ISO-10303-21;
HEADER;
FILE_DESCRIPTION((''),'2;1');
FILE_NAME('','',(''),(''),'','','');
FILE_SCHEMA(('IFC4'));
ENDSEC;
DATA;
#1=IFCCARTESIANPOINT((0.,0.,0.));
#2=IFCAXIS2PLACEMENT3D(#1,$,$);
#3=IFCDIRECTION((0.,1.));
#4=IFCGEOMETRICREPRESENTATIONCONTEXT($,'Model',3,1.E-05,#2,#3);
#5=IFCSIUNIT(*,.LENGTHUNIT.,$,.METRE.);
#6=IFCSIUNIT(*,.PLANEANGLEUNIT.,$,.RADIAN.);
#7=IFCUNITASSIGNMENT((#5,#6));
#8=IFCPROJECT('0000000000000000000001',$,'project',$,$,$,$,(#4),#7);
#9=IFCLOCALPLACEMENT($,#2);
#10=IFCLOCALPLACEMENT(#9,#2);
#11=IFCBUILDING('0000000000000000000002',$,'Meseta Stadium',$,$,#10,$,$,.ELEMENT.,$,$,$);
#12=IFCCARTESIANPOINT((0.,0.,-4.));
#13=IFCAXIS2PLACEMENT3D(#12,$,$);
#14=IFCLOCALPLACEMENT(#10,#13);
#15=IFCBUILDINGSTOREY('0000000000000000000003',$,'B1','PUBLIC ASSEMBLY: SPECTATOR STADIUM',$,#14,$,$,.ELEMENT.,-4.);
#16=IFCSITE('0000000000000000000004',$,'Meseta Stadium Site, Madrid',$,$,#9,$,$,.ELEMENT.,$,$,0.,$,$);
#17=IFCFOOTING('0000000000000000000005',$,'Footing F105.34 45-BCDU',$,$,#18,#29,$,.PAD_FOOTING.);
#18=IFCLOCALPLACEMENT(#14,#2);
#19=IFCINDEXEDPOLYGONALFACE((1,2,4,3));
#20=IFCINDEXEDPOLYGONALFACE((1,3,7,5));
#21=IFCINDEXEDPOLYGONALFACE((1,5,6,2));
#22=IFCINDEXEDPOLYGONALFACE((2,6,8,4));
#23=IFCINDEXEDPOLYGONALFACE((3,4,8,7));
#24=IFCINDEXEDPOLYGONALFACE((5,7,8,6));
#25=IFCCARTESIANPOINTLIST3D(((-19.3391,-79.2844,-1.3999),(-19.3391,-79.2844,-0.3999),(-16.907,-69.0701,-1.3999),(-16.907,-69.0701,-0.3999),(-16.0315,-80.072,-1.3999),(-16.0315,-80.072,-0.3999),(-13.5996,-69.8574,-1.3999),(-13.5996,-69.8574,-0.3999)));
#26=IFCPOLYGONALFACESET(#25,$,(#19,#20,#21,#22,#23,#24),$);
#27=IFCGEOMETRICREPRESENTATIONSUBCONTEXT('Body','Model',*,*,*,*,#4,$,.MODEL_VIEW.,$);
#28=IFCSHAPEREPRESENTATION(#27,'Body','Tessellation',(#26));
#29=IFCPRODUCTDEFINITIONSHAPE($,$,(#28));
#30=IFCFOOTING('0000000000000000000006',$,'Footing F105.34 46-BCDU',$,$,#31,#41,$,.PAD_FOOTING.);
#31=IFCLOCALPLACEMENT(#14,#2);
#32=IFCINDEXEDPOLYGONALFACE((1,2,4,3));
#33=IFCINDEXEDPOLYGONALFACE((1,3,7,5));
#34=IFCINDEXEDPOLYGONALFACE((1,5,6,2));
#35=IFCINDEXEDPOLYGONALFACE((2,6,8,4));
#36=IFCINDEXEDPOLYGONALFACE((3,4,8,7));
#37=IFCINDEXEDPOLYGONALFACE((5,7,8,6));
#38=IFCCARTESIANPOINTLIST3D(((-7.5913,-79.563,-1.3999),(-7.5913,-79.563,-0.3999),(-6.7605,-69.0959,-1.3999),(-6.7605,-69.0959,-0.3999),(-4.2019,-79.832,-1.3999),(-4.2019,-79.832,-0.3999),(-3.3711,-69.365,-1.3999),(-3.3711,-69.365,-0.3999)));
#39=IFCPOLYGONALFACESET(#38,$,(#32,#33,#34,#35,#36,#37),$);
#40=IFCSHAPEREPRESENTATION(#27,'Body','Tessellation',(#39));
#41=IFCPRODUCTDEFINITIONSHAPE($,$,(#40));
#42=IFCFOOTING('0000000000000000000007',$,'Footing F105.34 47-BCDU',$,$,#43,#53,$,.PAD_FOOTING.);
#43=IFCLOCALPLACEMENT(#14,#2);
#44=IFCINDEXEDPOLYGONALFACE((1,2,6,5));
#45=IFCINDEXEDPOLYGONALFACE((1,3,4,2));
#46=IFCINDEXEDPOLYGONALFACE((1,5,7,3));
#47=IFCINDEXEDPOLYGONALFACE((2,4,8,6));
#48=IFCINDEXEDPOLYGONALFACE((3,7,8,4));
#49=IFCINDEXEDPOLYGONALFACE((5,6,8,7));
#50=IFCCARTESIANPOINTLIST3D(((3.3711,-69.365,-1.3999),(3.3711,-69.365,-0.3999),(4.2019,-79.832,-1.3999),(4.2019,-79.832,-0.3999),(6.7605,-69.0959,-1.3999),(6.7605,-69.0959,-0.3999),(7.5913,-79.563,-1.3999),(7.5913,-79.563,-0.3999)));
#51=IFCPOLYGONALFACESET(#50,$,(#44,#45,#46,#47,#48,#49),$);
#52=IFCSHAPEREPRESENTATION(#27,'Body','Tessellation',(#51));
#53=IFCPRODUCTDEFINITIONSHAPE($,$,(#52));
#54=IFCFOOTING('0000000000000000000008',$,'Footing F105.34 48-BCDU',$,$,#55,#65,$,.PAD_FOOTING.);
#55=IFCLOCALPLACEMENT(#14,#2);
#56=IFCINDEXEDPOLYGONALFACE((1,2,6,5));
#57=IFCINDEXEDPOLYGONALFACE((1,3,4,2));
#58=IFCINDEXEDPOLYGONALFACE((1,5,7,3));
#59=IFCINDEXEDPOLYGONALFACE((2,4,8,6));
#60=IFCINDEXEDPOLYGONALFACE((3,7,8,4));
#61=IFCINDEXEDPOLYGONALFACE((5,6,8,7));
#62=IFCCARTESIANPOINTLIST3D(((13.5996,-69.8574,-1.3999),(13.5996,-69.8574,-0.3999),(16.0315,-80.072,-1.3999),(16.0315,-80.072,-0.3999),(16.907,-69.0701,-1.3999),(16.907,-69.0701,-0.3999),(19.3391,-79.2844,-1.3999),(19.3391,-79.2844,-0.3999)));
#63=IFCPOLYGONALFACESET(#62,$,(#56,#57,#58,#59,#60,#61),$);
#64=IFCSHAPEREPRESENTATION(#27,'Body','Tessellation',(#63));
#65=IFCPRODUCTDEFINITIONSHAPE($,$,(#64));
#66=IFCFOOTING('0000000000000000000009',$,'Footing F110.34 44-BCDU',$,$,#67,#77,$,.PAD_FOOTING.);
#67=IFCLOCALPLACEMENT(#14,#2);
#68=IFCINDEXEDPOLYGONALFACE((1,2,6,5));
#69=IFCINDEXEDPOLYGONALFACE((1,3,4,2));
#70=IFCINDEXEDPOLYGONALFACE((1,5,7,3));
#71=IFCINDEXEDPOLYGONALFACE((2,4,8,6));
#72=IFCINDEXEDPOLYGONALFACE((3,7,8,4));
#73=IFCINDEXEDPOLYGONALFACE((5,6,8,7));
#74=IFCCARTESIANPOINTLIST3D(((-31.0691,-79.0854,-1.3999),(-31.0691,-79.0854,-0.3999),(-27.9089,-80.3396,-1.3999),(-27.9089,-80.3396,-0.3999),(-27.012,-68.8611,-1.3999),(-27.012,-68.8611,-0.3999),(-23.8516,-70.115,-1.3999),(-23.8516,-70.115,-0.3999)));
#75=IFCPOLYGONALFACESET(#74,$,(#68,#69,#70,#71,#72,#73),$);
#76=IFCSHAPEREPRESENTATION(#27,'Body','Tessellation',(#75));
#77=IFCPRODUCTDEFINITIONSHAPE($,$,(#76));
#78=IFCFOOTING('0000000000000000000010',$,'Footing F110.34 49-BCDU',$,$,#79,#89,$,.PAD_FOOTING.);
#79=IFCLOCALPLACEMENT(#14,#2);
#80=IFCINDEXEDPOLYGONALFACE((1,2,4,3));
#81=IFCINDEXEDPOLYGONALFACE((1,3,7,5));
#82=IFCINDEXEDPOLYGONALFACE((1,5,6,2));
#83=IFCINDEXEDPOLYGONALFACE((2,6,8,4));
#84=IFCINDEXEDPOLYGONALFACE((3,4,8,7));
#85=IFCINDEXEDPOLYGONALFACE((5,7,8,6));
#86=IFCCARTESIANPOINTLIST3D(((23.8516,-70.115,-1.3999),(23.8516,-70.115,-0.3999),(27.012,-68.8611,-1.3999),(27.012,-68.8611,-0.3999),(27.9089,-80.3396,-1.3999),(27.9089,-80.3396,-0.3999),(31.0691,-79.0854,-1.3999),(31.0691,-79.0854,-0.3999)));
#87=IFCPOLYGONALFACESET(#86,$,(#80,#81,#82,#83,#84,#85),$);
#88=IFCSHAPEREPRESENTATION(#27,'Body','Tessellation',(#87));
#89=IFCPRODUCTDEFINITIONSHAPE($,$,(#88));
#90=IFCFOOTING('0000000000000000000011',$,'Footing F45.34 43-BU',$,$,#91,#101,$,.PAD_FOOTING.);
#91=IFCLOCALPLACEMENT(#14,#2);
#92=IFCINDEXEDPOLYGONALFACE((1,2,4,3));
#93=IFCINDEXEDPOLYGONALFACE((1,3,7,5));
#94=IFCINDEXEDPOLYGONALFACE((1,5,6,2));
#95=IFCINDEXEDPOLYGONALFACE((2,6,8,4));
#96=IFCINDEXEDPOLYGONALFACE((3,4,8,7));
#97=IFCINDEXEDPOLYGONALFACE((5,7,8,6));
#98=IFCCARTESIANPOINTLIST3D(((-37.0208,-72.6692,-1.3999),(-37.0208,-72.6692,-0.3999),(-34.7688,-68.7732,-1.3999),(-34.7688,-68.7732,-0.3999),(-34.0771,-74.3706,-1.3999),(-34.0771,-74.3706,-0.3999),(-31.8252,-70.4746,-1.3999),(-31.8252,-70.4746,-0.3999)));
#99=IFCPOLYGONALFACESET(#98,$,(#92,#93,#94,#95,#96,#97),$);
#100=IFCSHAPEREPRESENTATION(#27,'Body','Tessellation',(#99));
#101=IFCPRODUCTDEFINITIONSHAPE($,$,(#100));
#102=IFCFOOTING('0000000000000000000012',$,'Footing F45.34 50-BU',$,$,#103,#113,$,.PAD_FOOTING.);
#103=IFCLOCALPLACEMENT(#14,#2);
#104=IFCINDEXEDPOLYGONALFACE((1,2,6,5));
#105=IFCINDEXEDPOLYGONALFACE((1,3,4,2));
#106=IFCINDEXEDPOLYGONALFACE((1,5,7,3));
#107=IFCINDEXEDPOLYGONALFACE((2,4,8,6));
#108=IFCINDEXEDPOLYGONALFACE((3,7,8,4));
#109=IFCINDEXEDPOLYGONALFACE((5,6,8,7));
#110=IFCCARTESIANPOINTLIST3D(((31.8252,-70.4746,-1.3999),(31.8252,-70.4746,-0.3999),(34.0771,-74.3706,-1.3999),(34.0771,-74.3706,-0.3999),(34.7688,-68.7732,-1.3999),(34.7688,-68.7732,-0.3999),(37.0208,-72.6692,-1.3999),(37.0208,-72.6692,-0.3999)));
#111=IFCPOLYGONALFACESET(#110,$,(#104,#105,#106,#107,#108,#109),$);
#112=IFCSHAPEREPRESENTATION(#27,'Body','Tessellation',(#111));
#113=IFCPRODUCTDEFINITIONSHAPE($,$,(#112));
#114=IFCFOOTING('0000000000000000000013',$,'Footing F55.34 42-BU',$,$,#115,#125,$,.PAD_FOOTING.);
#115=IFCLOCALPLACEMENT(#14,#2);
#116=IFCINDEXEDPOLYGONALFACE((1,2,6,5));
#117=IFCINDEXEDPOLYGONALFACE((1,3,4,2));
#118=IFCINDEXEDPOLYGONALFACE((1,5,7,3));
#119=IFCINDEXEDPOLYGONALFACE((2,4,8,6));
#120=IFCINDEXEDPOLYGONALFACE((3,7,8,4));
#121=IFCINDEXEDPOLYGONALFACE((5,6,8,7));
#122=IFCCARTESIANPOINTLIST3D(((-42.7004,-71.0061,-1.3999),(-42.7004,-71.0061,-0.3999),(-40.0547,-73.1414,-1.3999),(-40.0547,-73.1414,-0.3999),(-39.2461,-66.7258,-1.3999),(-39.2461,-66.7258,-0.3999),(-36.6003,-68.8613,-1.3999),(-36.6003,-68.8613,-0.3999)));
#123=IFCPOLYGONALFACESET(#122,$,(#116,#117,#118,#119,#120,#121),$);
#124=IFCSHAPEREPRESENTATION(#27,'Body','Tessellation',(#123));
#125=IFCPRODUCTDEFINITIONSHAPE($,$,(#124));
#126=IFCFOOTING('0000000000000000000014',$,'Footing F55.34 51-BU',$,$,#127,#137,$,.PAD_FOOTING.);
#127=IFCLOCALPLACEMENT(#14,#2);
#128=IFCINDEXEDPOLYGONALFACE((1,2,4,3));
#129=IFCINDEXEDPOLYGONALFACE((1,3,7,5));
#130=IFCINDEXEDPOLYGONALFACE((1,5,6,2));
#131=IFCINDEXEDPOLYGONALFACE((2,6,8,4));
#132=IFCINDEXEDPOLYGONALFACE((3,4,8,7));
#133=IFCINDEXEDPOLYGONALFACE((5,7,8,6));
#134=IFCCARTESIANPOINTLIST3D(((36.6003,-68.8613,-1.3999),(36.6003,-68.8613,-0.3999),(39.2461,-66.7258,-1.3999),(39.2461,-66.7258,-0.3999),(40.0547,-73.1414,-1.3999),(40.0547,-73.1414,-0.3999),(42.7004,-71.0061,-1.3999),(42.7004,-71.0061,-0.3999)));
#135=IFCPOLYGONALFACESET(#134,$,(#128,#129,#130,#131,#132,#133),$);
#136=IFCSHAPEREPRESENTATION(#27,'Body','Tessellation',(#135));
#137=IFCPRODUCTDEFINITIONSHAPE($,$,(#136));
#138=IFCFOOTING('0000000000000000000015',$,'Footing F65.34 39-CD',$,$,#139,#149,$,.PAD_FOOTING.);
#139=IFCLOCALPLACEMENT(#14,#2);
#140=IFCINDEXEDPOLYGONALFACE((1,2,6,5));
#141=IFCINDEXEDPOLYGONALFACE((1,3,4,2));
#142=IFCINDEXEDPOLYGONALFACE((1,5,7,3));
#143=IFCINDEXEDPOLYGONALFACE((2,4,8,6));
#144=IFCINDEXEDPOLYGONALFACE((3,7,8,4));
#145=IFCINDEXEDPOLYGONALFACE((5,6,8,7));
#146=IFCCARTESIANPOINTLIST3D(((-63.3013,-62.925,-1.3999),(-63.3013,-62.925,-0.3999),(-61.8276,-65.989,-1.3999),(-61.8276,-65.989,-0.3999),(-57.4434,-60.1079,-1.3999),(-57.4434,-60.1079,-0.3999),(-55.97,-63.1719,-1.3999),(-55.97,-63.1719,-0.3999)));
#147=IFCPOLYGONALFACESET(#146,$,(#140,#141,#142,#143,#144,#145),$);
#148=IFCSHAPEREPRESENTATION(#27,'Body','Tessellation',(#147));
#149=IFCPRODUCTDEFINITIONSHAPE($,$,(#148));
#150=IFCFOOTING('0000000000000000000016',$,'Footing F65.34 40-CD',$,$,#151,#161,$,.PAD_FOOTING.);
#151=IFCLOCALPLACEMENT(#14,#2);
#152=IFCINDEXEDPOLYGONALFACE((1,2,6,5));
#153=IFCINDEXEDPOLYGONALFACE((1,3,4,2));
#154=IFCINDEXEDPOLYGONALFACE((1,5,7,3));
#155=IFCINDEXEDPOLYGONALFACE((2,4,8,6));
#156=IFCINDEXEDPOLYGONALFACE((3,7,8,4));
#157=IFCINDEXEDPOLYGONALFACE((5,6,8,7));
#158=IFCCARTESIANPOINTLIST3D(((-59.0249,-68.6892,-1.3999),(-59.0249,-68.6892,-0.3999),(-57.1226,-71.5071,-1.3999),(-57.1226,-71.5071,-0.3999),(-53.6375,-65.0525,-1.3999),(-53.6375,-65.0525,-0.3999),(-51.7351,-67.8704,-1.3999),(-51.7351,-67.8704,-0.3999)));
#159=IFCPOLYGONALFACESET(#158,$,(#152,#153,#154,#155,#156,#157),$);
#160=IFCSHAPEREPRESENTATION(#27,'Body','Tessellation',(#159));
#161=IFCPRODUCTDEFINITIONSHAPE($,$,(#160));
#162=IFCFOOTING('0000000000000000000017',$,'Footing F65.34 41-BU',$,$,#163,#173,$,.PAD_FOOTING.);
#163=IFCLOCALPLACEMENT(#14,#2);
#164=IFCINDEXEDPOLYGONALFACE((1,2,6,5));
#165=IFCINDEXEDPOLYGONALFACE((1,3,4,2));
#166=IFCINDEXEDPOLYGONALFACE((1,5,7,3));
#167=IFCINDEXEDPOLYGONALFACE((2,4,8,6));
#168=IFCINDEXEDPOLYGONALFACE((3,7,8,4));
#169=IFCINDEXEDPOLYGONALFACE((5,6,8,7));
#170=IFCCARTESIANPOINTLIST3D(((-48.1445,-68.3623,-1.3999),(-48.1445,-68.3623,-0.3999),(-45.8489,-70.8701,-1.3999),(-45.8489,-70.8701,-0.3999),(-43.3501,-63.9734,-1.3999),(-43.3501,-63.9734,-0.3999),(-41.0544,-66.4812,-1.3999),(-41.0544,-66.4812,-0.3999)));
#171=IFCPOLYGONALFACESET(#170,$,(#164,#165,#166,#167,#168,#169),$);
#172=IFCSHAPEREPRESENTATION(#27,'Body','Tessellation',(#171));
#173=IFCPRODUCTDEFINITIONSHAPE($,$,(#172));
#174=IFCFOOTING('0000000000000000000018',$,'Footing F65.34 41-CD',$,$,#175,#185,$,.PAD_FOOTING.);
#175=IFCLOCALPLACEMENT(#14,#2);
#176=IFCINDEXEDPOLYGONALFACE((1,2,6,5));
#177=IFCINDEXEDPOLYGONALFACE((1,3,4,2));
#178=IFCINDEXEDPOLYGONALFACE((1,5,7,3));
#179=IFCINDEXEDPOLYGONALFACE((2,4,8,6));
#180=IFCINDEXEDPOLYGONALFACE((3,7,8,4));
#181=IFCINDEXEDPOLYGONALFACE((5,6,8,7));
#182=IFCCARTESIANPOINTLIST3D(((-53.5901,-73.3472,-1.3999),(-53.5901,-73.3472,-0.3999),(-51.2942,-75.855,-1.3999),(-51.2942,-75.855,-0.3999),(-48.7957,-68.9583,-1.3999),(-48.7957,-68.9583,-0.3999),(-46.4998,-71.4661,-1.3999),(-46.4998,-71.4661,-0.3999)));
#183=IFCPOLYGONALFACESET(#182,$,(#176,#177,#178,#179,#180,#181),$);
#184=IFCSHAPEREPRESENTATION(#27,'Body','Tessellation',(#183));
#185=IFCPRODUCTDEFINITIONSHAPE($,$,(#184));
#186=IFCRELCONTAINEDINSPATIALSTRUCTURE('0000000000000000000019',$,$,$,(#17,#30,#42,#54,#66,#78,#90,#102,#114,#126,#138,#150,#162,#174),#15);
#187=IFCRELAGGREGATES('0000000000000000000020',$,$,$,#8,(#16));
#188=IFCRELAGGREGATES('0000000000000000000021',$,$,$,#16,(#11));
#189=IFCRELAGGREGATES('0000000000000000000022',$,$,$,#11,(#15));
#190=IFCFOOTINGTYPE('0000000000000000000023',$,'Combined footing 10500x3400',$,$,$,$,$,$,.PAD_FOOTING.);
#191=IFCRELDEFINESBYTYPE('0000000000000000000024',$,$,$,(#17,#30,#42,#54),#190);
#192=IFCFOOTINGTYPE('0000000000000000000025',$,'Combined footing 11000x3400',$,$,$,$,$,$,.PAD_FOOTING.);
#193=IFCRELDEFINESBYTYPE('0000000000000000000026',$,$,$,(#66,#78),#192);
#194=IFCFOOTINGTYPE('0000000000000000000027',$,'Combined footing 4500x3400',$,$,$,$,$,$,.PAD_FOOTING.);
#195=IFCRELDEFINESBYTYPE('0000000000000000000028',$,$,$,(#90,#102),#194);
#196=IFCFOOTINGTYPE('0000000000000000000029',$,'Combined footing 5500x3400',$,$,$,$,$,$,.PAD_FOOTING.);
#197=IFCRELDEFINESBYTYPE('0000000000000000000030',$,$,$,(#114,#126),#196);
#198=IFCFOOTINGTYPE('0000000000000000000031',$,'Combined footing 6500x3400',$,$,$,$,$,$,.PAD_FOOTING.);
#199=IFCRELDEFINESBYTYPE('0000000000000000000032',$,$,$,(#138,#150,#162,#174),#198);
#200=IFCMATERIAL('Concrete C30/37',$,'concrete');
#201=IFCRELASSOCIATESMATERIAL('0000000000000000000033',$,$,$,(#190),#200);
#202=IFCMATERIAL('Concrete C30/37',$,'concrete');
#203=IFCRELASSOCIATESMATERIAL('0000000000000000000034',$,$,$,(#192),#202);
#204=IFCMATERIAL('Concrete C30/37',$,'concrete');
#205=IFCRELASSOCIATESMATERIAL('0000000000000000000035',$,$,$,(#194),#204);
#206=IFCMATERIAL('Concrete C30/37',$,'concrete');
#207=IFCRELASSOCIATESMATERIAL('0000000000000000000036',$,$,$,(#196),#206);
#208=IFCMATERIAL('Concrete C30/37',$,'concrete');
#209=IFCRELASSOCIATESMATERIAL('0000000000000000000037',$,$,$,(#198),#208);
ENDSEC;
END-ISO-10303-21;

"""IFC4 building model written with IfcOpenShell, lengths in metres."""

from ifc_helpers import new_model, si_unit, direction, frame, origin, place, context, subcontext, project, spatial, polyline, outline, extrude, material, type_object, element, save


model = new_model("IFC4")

# Units and contexts
model_context = context("Model", 3, precision=1e-05, world=origin(), true_north=direction((0.0, 1.0)))
body_context = subcontext(model_context, "Body", "Model", "MODEL_VIEW")
ifc_project = project(units=[si_unit("LENGTHUNIT", "METRE"), si_unit("PLANEANGLEUNIT", "RADIAN")], contexts=[model_context])

# Site, building, storey
site_placement = place(None, origin())
site = spatial("IfcSite", under=ifc_project, at=site_placement, Name="Meseta Stadium Site, Madrid", CompositionType="ELEMENT", RefElevation=0.0)
building_placement = place(site_placement, origin())
building = spatial("IfcBuilding", under=site, at=building_placement, Name="Meseta Stadium", CompositionType="ELEMENT")
storey_placement = place(building_placement, frame((0.0, 0.0, -4.0)))
storey = spatial("IfcBuildingStorey", under=building, at=storey_placement, Name="B1", Description="PUBLIC ASSEMBLY: SPECTATOR STADIUM", CompositionType="ELEMENT", Elevation=-4.0)

# Footings
ifc_material_1 = material(Name="Concrete C30/37", Category="concrete")
footing_type_1 = type_object("IfcFootingType", Name="Combined footing 10500x3400", PredefinedType="PAD_FOOTING", material=ifc_material_1)
footing_1_placement = place(storey_placement, frame((0.0, 0.0, -1.3999)))
element("IfcFooting", 1, at=footing_1_placement, inside=storey, type_object=footing_type_1, Name="Footing F105.34 45-BCDU", PredefinedType="PAD_FOOTING", context=body_context, shape_type="SweptSolid", body=[
    extrude(outline(polyline([(-16.907, -69.0701), (-19.3391, -79.2844), (-16.0315, -80.072), (-13.5996, -69.8574), (-16.907, -69.0701)])), origin(), (0.0, 0.0, 1.0), 1.0),
])
footing_2_placement = place(storey_placement, frame((0.0, 0.0, -1.3999)))
element("IfcFooting", 2, at=footing_2_placement, inside=storey, type_object=footing_type_1, Name="Footing F105.34 46-BCDU", PredefinedType="PAD_FOOTING", context=body_context, shape_type="SweptSolid", body=[
    extrude(outline(polyline([(-6.7605, -69.0959), (-7.5913, -79.563), (-4.2019, -79.832), (-3.3711, -69.365), (-6.7605, -69.0959)])), origin(), (0.0, 0.0, 1.0), 1.0),
])
footing_3_placement = place(storey_placement, frame((0.0, 0.0, -1.3999)))
element("IfcFooting", 3, at=footing_3_placement, inside=storey, type_object=footing_type_1, Name="Footing F105.34 47-BCDU", PredefinedType="PAD_FOOTING", context=body_context, shape_type="SweptSolid", body=[
    extrude(outline(polyline([(3.3711, -69.365), (4.2019, -79.832), (7.5913, -79.563), (6.7605, -69.0959), (3.3711, -69.365)])), origin(), (0.0, 0.0, 1.0), 1.0),
])
footing_4_placement = place(storey_placement, frame((0.0, 0.0, -1.3999)))
element("IfcFooting", 4, at=footing_4_placement, inside=storey, type_object=footing_type_1, Name="Footing F105.34 48-BCDU", PredefinedType="PAD_FOOTING", context=body_context, shape_type="SweptSolid", body=[
    extrude(outline(polyline([(13.5996, -69.8574), (16.0315, -80.072), (19.3391, -79.2844), (16.907, -69.0701), (13.5996, -69.8574)])), origin(), (0.0, 0.0, 1.0), 1.0),
])
ifc_material_2 = material(Name="Concrete C30/37", Category="concrete")
footing_type_2 = type_object("IfcFootingType", Name="Combined footing 11000x3400", PredefinedType="PAD_FOOTING", material=ifc_material_2)
footing_5_placement = place(storey_placement, frame((0.0, 0.0, -1.3999)))
element("IfcFooting", 5, at=footing_5_placement, inside=storey, type_object=footing_type_2, Name="Footing F110.34 44-BCDU", PredefinedType="PAD_FOOTING", context=body_context, shape_type="SweptSolid", body=[
    extrude(outline(polyline([(-27.012, -68.8611), (-31.0691, -79.0854), (-27.9089, -80.3396), (-23.8516, -70.115), (-27.012, -68.8611)])), origin(), (0.0, 0.0, 1.0), 1.0),
])
footing_6_placement = place(storey_placement, frame((0.0, 0.0, -1.3999)))
element("IfcFooting", 6, at=footing_6_placement, inside=storey, type_object=footing_type_2, Name="Footing F110.34 49-BCDU", PredefinedType="PAD_FOOTING", context=body_context, shape_type="SweptSolid", body=[
    extrude(outline(polyline([(23.8516, -70.115), (27.9089, -80.3396), (31.0691, -79.0854), (27.012, -68.8611), (23.8516, -70.115)])), origin(), (0.0, 0.0, 1.0), 1.0),
])
ifc_material_3 = material(Name="Concrete C30/37", Category="concrete")
footing_type_3 = type_object("IfcFootingType", Name="Combined footing 4500x3400", PredefinedType="PAD_FOOTING", material=ifc_material_3)
footing_7_placement = place(storey_placement, frame((0.0, 0.0, -1.3999)))
element("IfcFooting", 7, at=footing_7_placement, inside=storey, type_object=footing_type_3, Name="Footing F45.34 43-BU", PredefinedType="PAD_FOOTING", context=body_context, shape_type="SweptSolid", body=[
    extrude(outline(polyline([(-34.7688, -68.7732), (-37.0208, -72.6692), (-34.0771, -74.3706), (-31.8252, -70.4746), (-34.7688, -68.7732)])), origin(), (0.0, 0.0, 1.0), 1.0),
])
footing_8_placement = place(storey_placement, frame((0.0, 0.0, -1.3999)))
element("IfcFooting", 8, at=footing_8_placement, inside=storey, type_object=footing_type_3, Name="Footing F45.34 50-BU", PredefinedType="PAD_FOOTING", context=body_context, shape_type="SweptSolid", body=[
    extrude(outline(polyline([(31.8252, -70.4746), (34.0771, -74.3706), (37.0208, -72.6692), (34.7688, -68.7732), (31.8252, -70.4746)])), origin(), (0.0, 0.0, 1.0), 1.0),
])
ifc_material_4 = material(Name="Concrete C30/37", Category="concrete")
footing_type_4 = type_object("IfcFootingType", Name="Combined footing 5500x3400", PredefinedType="PAD_FOOTING", material=ifc_material_4)
footing_9_placement = place(storey_placement, frame((0.0, 0.0, -1.3999)))
element("IfcFooting", 9, at=footing_9_placement, inside=storey, type_object=footing_type_4, Name="Footing F55.34 42-BU", PredefinedType="PAD_FOOTING", context=body_context, shape_type="SweptSolid", body=[
    extrude(outline(polyline([(-39.2461, -66.7258), (-42.7004, -71.0061), (-40.0547, -73.1414), (-36.6003, -68.8613), (-39.2461, -66.7258)])), origin(), (0.0, 0.0, 1.0), 1.0),
])
footing_10_placement = place(storey_placement, frame((0.0, 0.0, -1.3999)))
element("IfcFooting", 10, at=footing_10_placement, inside=storey, type_object=footing_type_4, Name="Footing F55.34 51-BU", PredefinedType="PAD_FOOTING", context=body_context, shape_type="SweptSolid", body=[
    extrude(outline(polyline([(36.6003, -68.8613), (40.0547, -73.1414), (42.7004, -71.0061), (39.2461, -66.7258), (36.6003, -68.8613)])), origin(), (0.0, 0.0, 1.0), 1.0),
])
ifc_material_5 = material(Name="Concrete C30/37", Category="concrete")
footing_type_5 = type_object("IfcFootingType", Name="Combined footing 6500x3400", PredefinedType="PAD_FOOTING", material=ifc_material_5)
footing_11_placement = place(storey_placement, frame((0.0, 0.0, -1.3999)))
element("IfcFooting", 11, at=footing_11_placement, inside=storey, type_object=footing_type_5, Name="Footing F65.34 39-CD", PredefinedType="PAD_FOOTING", context=body_context, shape_type="SweptSolid", body=[
    extrude(outline(polyline([(-57.4434, -60.1079), (-63.3013, -62.925), (-61.8276, -65.989), (-55.97, -63.1719), (-57.4434, -60.1079)])), origin(), (0.0, 0.0, 1.0), 1.0),
])
footing_12_placement = place(storey_placement, frame((0.0, 0.0, -1.3999)))
element("IfcFooting", 12, at=footing_12_placement, inside=storey, type_object=footing_type_5, Name="Footing F65.34 40-CD", PredefinedType="PAD_FOOTING", context=body_context, shape_type="SweptSolid", body=[
    extrude(outline(polyline([(-53.6375, -65.0525), (-59.0249, -68.6892), (-57.1226, -71.5071), (-51.7351, -67.8704), (-53.6375, -65.0525)])), origin(), (0.0, 0.0, 1.0), 1.0),
])
footing_13_placement = place(storey_placement, frame((0.0, 0.0, -1.3999)))
element("IfcFooting", 13, at=footing_13_placement, inside=storey, type_object=footing_type_5, Name="Footing F65.34 41-BU", PredefinedType="PAD_FOOTING", context=body_context, shape_type="SweptSolid", body=[
    extrude(outline(polyline([(-43.3501, -63.9734), (-48.1445, -68.3623), (-45.8489, -70.8701), (-41.0544, -66.4812), (-43.3501, -63.9734)])), origin(), (0.0, 0.0, 1.0), 1.0),
])
footing_14_placement = place(storey_placement, frame((0.0, 0.0, -1.3999)))
element("IfcFooting", 14, at=footing_14_placement, inside=storey, type_object=footing_type_5, Name="Footing F65.34 41-CD", PredefinedType="PAD_FOOTING", context=body_context, shape_type="SweptSolid", body=[
    extrude(outline(polyline([(-48.7957, -68.9583), (-53.5901, -73.3472), (-51.2942, -75.855), (-46.4998, -71.4661), (-48.7957, -68.9583)])), origin(), (0.0, 0.0, 1.0), 1.0),
])

save(model, "model.ifc")
